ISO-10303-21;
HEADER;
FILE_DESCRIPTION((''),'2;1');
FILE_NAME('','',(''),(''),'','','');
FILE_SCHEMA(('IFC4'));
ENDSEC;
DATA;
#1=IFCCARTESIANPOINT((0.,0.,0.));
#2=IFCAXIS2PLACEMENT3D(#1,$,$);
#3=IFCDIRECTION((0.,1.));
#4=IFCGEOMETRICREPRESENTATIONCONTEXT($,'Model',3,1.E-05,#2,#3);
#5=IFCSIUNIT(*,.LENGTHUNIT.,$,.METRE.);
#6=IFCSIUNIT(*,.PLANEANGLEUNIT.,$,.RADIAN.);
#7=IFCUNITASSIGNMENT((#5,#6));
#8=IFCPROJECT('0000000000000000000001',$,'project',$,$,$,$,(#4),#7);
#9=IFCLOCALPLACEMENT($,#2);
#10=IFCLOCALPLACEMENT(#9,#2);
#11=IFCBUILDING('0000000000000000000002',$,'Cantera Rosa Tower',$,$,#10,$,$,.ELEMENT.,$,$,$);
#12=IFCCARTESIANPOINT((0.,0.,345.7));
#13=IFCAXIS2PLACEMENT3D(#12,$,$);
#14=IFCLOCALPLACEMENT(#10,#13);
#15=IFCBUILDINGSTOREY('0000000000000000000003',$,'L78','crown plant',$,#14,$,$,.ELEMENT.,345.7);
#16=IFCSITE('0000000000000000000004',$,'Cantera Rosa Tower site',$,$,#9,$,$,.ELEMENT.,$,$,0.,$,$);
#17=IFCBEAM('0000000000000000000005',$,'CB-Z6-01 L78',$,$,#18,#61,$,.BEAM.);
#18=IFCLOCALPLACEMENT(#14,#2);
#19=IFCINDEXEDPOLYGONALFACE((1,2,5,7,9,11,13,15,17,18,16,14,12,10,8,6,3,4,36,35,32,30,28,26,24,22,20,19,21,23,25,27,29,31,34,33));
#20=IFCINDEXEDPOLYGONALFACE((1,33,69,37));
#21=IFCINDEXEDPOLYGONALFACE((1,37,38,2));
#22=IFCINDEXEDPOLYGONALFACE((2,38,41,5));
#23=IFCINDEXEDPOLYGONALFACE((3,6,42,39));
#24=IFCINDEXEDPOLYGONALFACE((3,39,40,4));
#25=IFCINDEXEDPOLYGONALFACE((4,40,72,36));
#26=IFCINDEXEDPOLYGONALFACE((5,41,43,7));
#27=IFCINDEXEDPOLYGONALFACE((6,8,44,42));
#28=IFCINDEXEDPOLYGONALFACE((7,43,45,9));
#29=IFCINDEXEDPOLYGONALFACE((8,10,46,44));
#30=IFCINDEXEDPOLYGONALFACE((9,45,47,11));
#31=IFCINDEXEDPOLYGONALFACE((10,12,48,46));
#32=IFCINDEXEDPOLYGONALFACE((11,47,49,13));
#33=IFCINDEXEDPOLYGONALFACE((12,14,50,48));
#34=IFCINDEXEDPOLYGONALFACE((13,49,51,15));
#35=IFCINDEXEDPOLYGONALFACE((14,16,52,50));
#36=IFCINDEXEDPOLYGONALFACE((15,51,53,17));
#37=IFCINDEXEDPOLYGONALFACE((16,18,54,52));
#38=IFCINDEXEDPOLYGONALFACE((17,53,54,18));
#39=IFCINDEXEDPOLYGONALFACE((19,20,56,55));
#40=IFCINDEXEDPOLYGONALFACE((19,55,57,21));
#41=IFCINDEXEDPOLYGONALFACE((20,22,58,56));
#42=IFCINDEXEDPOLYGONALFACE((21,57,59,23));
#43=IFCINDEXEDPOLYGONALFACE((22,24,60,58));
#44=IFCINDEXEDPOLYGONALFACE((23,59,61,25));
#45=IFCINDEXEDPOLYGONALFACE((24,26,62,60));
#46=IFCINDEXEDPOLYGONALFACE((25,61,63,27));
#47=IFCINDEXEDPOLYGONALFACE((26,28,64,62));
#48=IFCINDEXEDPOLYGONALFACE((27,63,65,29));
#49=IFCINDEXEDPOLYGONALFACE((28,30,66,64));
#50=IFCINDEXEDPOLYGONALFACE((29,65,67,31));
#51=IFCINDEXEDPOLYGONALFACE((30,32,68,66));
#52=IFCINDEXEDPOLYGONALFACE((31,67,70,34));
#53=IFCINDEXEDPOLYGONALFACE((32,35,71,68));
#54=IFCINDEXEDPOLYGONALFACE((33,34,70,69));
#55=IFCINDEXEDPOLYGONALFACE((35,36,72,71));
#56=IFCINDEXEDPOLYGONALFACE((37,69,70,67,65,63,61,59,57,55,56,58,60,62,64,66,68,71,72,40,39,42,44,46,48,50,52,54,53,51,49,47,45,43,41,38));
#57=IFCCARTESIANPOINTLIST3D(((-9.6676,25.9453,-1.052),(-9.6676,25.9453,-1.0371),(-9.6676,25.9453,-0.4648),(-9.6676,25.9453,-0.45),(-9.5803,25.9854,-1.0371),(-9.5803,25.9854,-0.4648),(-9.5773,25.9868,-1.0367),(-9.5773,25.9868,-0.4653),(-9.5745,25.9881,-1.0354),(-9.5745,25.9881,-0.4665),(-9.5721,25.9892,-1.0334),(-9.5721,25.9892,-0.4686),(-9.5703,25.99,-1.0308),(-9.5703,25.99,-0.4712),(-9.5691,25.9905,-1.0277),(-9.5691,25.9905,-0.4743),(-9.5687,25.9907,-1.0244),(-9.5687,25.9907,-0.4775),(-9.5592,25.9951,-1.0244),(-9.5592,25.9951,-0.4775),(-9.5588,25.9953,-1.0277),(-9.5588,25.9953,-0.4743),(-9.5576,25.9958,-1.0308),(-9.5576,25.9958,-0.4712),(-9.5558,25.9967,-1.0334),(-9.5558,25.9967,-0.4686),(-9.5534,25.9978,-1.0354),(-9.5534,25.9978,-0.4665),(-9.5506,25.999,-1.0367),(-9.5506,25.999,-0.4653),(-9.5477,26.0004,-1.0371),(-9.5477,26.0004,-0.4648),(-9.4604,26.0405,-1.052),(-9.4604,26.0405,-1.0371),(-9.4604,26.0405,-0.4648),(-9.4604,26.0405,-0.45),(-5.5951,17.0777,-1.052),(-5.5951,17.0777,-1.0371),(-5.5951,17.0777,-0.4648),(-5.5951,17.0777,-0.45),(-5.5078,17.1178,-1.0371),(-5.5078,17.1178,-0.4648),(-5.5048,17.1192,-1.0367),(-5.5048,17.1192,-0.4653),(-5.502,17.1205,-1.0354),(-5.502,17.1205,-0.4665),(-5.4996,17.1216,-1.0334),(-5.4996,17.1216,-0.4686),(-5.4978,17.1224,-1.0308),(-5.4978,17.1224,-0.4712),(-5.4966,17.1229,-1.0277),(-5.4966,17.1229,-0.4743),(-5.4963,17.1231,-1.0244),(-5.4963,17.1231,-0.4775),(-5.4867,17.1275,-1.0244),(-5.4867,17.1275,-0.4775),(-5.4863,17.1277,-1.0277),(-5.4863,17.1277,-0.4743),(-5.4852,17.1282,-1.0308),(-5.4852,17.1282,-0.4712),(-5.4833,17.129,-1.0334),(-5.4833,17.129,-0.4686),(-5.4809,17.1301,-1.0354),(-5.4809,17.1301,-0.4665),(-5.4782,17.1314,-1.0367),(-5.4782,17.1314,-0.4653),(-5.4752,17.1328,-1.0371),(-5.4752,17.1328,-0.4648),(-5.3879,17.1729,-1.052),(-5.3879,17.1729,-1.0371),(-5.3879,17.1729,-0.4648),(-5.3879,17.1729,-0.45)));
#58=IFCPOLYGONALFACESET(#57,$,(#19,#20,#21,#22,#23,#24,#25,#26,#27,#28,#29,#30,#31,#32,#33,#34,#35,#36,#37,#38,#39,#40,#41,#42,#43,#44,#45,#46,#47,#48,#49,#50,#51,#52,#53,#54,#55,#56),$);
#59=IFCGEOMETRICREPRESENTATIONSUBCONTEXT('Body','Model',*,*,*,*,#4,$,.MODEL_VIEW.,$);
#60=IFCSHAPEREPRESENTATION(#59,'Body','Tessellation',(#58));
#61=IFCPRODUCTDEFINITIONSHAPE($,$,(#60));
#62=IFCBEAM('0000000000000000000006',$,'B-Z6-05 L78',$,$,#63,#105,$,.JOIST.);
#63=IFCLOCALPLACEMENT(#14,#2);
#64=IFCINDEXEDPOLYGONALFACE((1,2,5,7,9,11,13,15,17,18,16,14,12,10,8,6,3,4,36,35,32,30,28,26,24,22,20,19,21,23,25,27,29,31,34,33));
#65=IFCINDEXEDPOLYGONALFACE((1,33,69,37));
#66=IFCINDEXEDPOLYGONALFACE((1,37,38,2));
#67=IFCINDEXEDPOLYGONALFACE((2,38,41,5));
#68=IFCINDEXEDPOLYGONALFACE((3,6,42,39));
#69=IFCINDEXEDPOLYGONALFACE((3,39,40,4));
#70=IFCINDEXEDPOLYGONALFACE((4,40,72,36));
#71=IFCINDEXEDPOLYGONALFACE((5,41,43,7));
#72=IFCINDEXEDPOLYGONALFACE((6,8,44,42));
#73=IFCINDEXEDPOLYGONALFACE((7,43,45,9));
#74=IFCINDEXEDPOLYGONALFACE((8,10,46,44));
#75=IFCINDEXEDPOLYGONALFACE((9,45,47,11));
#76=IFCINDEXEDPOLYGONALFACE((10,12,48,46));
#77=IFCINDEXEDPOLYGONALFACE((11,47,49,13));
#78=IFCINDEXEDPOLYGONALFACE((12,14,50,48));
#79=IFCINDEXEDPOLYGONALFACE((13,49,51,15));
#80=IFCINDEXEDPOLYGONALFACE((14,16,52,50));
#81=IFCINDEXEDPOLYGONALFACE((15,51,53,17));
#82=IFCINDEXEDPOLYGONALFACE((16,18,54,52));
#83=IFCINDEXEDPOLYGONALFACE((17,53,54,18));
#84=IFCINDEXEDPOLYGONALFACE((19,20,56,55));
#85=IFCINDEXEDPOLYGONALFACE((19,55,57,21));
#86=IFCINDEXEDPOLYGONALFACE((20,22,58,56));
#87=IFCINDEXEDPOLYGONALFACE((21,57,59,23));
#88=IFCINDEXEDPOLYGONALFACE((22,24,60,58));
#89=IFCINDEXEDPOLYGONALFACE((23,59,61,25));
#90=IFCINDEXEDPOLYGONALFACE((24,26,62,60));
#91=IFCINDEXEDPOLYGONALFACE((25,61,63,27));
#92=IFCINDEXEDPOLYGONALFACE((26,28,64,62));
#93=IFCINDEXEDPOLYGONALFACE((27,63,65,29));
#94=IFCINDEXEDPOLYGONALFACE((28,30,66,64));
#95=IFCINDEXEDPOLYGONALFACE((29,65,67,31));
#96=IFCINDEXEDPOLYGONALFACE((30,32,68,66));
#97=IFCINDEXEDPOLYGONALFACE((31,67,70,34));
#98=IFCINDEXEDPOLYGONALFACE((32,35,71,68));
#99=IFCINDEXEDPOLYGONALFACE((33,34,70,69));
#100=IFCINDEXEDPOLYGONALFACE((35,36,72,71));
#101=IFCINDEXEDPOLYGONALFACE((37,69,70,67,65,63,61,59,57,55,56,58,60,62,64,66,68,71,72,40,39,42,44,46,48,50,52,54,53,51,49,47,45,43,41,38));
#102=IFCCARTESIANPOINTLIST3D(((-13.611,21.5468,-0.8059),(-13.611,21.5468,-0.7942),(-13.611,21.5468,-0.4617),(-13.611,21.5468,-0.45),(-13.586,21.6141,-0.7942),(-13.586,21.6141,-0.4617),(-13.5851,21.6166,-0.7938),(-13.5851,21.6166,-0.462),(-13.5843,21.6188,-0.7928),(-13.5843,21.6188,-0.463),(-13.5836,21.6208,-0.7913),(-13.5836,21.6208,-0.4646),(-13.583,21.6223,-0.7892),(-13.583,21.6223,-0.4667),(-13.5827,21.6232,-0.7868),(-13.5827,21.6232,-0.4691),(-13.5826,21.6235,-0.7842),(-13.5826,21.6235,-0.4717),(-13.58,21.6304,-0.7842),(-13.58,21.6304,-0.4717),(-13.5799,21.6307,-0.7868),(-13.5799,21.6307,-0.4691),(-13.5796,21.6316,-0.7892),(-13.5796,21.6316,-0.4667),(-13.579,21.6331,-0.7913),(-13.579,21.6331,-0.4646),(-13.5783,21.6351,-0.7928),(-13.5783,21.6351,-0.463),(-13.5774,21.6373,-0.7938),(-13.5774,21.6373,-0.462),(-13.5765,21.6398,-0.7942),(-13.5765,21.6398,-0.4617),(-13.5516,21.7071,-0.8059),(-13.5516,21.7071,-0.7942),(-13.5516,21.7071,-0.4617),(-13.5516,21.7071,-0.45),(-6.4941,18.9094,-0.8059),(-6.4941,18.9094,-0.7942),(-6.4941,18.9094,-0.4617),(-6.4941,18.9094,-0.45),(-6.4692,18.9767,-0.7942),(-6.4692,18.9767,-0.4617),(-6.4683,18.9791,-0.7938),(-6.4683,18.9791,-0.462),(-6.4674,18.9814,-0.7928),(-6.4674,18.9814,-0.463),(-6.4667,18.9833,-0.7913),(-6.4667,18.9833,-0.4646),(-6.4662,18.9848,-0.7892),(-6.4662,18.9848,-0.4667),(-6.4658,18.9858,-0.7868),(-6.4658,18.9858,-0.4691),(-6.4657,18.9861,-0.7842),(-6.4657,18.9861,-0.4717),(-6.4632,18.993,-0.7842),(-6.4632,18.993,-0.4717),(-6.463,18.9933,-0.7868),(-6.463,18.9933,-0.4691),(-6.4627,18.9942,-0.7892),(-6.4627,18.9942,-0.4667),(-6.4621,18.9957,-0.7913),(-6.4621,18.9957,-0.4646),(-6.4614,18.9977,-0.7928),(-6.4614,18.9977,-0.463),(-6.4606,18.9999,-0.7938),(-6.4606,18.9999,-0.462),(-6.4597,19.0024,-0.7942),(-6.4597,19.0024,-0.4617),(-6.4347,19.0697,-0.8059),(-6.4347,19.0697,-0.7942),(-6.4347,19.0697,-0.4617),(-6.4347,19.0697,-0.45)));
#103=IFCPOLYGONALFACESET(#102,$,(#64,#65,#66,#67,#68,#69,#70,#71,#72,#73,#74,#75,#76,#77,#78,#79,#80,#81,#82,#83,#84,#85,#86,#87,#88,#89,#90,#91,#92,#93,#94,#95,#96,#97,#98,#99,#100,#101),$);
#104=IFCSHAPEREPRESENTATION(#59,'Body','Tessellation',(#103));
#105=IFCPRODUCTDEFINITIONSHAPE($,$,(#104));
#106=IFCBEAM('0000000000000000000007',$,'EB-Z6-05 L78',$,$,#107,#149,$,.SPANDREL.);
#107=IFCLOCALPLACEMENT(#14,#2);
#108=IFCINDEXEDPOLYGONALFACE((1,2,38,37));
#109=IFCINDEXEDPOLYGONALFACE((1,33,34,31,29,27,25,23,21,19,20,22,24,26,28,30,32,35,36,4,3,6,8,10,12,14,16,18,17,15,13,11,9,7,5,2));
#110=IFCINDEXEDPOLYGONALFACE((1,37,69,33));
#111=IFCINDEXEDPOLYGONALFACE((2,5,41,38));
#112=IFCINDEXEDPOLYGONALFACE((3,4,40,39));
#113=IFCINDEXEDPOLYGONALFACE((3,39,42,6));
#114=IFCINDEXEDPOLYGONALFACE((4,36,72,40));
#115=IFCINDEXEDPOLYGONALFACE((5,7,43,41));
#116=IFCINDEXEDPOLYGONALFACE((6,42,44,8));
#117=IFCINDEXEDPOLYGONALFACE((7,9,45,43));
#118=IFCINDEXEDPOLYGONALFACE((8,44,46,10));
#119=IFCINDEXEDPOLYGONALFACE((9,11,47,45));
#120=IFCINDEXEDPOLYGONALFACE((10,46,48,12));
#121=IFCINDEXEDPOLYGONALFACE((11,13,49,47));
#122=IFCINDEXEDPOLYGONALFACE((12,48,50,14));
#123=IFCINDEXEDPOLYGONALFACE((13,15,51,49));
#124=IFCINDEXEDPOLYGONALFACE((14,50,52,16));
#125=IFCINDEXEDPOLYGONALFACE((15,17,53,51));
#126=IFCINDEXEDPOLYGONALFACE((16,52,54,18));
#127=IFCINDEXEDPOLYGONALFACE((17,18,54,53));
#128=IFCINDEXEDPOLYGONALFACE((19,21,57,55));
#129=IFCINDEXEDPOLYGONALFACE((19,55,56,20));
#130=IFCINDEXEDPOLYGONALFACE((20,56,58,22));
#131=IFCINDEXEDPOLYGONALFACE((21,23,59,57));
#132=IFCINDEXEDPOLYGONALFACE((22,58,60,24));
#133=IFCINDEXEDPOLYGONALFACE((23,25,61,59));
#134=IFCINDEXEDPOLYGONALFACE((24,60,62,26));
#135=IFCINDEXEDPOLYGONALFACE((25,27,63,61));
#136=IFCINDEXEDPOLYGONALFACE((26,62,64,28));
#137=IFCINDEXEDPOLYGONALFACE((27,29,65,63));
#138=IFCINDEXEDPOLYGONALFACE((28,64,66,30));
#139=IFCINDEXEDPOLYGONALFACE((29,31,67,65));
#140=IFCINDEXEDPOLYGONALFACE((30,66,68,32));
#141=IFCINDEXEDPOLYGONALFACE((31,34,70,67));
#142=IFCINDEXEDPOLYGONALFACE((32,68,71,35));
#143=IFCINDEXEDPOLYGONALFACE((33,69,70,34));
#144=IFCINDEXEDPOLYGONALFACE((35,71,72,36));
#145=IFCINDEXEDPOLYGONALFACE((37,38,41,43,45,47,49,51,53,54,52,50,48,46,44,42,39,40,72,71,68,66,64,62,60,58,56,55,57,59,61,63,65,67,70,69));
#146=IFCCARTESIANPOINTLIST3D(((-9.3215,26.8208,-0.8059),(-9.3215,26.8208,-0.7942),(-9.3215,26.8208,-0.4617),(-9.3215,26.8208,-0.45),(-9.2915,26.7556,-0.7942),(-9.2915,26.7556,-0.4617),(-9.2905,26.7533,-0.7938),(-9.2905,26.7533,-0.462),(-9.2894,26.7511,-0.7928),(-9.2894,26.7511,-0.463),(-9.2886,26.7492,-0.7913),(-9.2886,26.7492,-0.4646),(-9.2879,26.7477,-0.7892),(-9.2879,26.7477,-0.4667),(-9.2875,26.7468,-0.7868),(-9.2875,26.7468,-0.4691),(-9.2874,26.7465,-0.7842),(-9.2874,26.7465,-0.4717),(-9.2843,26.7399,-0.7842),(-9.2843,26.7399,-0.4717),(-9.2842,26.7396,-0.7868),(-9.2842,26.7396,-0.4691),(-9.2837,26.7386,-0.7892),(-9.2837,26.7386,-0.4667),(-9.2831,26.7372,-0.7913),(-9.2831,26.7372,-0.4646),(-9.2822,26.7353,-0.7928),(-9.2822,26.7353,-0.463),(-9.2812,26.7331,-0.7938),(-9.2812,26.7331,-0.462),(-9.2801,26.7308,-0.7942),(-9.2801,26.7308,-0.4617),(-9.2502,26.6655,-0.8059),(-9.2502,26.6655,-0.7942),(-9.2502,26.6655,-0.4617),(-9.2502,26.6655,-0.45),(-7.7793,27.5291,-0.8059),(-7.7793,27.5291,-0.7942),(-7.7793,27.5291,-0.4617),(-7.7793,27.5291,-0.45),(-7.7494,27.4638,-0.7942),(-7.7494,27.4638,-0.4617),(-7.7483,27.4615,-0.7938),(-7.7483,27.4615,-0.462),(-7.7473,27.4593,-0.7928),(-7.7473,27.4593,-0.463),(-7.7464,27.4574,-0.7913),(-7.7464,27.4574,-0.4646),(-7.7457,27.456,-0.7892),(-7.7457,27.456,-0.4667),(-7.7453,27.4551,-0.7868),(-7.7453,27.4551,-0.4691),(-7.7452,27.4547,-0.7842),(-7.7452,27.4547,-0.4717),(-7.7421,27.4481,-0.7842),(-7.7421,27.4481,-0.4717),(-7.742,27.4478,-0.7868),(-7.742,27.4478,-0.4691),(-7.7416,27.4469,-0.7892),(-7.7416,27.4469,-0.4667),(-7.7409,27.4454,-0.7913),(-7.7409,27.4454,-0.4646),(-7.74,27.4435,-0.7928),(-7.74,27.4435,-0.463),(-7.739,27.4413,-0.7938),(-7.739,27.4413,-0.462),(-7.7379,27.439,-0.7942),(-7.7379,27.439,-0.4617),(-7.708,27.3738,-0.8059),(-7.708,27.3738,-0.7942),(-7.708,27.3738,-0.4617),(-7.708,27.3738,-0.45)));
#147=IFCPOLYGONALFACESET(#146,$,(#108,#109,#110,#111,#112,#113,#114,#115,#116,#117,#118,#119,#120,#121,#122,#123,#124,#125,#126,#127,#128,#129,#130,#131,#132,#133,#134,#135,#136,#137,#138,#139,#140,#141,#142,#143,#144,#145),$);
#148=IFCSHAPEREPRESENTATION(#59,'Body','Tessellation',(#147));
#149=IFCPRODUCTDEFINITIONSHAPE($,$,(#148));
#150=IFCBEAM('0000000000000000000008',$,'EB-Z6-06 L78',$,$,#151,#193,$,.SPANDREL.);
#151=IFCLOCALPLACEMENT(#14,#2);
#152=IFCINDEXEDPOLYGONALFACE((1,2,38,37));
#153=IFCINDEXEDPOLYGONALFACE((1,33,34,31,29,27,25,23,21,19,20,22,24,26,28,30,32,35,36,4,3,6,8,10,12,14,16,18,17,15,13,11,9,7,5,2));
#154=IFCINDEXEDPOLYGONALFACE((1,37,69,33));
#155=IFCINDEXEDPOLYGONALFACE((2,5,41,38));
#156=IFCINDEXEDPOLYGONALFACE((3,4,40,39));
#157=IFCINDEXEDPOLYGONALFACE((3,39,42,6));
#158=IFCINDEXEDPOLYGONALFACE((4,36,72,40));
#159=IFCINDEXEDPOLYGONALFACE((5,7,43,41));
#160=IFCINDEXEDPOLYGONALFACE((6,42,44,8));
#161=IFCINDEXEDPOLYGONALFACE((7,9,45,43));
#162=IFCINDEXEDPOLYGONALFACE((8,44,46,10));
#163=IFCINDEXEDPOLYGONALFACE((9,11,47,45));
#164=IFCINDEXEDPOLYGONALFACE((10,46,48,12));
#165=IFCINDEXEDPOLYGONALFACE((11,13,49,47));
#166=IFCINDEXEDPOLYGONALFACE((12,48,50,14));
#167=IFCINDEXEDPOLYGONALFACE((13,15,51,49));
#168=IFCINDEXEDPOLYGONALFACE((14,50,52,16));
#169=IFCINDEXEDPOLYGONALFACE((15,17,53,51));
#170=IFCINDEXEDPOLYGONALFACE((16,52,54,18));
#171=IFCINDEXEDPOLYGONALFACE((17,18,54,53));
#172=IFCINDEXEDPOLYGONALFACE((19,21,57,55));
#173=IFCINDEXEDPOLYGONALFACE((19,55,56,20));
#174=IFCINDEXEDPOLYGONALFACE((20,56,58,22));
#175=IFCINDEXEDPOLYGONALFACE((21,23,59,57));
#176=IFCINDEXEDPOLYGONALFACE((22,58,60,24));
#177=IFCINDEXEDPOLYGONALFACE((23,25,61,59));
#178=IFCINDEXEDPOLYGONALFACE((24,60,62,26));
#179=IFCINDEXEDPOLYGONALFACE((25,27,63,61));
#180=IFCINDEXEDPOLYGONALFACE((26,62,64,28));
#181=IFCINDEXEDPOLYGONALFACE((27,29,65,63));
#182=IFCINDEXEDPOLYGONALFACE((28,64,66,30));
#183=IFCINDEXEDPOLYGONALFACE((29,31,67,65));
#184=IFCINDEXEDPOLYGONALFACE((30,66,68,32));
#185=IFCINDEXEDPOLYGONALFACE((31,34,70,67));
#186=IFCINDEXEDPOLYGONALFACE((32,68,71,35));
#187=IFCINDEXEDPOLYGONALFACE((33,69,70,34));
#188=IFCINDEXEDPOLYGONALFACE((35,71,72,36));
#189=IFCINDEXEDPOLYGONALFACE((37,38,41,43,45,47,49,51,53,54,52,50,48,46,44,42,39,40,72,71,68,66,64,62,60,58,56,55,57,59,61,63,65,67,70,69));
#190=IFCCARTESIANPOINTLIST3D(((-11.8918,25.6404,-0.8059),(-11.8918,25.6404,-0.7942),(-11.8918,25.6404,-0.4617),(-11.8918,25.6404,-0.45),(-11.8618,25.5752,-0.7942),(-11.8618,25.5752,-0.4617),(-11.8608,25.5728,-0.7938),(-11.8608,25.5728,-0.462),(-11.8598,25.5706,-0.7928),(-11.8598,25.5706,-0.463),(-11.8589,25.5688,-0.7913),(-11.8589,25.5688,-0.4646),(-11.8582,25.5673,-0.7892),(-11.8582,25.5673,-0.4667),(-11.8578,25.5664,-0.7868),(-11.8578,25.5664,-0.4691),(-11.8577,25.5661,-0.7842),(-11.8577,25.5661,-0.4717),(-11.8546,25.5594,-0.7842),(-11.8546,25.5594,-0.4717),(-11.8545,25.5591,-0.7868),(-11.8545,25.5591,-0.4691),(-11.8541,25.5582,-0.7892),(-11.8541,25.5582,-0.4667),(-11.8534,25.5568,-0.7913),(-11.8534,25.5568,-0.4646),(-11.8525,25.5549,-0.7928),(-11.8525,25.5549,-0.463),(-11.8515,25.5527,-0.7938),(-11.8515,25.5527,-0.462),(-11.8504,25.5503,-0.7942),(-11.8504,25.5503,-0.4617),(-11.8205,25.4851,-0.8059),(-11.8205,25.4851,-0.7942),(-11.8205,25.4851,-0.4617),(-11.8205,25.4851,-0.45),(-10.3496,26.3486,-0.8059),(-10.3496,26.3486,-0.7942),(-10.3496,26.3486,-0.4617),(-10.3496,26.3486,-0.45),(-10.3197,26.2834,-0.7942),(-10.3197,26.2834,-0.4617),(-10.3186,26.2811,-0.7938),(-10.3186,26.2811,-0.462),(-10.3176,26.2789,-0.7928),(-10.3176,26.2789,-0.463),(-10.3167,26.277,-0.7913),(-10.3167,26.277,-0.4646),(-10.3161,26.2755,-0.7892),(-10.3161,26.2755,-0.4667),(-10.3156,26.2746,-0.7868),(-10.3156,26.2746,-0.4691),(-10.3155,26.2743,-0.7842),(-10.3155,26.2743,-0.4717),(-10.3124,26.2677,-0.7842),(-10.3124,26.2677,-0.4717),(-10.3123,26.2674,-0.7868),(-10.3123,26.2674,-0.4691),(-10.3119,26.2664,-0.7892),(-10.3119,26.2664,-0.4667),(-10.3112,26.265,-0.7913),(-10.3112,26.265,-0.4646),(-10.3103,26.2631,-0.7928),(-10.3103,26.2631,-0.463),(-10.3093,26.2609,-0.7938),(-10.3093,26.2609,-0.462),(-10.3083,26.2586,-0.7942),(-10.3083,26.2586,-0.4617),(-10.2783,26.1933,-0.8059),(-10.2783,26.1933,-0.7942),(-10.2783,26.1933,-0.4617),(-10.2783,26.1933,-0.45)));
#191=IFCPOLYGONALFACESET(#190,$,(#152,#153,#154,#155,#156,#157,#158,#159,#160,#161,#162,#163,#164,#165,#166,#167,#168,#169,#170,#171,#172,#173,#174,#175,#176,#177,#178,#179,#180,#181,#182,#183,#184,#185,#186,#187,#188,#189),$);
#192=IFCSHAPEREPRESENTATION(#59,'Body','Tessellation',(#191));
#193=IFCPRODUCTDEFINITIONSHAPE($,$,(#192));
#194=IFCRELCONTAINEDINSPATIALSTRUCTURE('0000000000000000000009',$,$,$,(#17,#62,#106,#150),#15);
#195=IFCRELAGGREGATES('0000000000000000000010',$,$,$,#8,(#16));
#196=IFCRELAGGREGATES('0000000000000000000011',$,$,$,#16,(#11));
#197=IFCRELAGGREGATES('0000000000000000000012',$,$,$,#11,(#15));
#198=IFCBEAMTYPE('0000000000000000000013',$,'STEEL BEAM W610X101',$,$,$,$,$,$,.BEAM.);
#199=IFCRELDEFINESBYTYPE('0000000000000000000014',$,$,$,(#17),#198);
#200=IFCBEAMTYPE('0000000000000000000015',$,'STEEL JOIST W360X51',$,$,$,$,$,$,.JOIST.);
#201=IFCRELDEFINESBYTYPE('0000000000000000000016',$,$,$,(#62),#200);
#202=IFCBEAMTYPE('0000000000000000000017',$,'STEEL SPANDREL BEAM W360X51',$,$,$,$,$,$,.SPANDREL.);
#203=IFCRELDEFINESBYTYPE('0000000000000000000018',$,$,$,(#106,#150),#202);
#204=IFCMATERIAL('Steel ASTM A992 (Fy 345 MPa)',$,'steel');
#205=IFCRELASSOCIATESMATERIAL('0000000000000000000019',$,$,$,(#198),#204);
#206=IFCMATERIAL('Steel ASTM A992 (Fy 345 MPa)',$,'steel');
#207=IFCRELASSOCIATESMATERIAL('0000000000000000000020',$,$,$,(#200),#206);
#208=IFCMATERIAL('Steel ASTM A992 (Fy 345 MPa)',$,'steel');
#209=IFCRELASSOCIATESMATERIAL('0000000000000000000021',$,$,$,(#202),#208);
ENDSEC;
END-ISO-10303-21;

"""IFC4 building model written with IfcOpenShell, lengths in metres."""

from ifc_helpers import new_model, si_unit, direction, frame, origin, origin_2d, place, context, subcontext, project, spatial, i_section, extrude, material, material_profile, profile_set, type_object, element, save


model = new_model("IFC4")

# Units and contexts
model_context = context("Model", 3, precision=1e-05, world=origin(), true_north=direction((0.0, 1.0)))
body_context = subcontext(model_context, "Body", "Model", "MODEL_VIEW")
ifc_project = project(units=[si_unit("LENGTHUNIT", "METRE"), si_unit("PLANEANGLEUNIT", "RADIAN")], contexts=[model_context])

# Site, building, storey
site_placement = place(None, origin())
site = spatial("IfcSite", under=ifc_project, at=site_placement, Name="Cantera Rosa Tower site", CompositionType="ELEMENT", RefElevation=0.0)
building_placement = place(site_placement, origin())
building = spatial("IfcBuilding", under=site, at=building_placement, Name="Cantera Rosa Tower", CompositionType="ELEMENT")
storey_placement = place(building_placement, frame((0.0, 0.0, 345.7)))
storey = spatial("IfcBuildingStorey", under=building, at=storey_placement, Name="L78", Description="crown plant", CompositionType="ELEMENT", Elevation=345.7)

# Beams
ifc_material_1 = material(Name="Steel ASTM A992 (Fy 345 MPa)", Category="steel")
ifc_material_profile_1 = material_profile(ifc_material_1, i_section(OverallWidth=0.228, OverallDepth=0.6021, WebThickness=0.0105, FlangeThickness=0.0149, FilletRadius=0.0127, at=origin_2d()), Name="W610X101")
ifc_profile_set_1 = profile_set([ifc_material_profile_1], Name="Steel ASTM A992 (Fy 345 MPa)")
beam_type_1 = type_object("IfcBeamType", Name="STEEL BEAM W610X101", PredefinedType="BEAM", material=ifc_profile_set_1)
beam_1_placement = place(storey_placement, frame((-9.564, 25.9929, -0.751), z_axis=(0.417346, -0.908748, 0.0), x_axis=(0.908748, 0.417346, 0.0)))
element("IfcBeam", 1, at=beam_1_placement, inside=storey, type_object=beam_type_1, Name="CB-Z6-01 L78", PredefinedType="BEAM", context=body_context, shape_type="SweptSolid", body=[
    extrude(i_section(OverallWidth=0.228, OverallDepth=0.6021, WebThickness=0.0105, FlangeThickness=0.0149, FilletRadius=0.0127, at=origin_2d()), origin(), (0.0, 0.0, 1.0), 9.7581),
])
ifc_material_2 = material(Name="Steel ASTM A992 (Fy 345 MPa)", Category="steel")
ifc_material_profile_2 = material_profile(ifc_material_2, i_section(OverallWidth=0.1709, OverallDepth=0.356, WebThickness=0.0073, FlangeThickness=0.0117, FilletRadius=0.01, at=origin_2d()), Name="W360X51")
ifc_profile_set_2 = profile_set([ifc_material_profile_2], Name="Steel ASTM A992 (Fy 345 MPa)")
beam_type_2 = type_object("IfcBeamType", Name="STEEL JOIST W360X51", PredefinedType="JOIST", material=ifc_profile_set_2)
beam_2_placement = place(storey_placement, frame((-13.5813, 21.627, -0.6279), z_axis=(0.937682, -0.347493, 0.0), x_axis=(0.347493, 0.937682, 0.0)))
element("IfcBeam", 2, at=beam_2_placement, inside=storey, type_object=beam_type_2, Name="B-Z6-05 L78", PredefinedType="JOIST", context=body_context, shape_type="SweptSolid", body=[
    extrude(i_section(OverallWidth=0.1709, OverallDepth=0.356, WebThickness=0.0073, FlangeThickness=0.0117, FilletRadius=0.01, at=origin_2d()), origin(), (0.0, 0.0, 1.0), 7.5898),
])
ifc_material_3 = material(Name="Steel ASTM A992 (Fy 345 MPa)", Category="steel")
ifc_material_profile_3 = material_profile(ifc_material_3, i_section(OverallWidth=0.1709, OverallDepth=0.356, WebThickness=0.0073, FlangeThickness=0.0117, FilletRadius=0.01, at=origin_2d()), Name="W360X51")
ifc_profile_set_3 = profile_set([ifc_material_profile_3], Name="Steel ASTM A992 (Fy 345 MPa)")
beam_type_3 = type_object("IfcBeamType", Name="STEEL SPANDREL BEAM W360X51", PredefinedType="SPANDREL", material=ifc_profile_set_3)
for number, where, z_axis, x_axis, name in (
    (3, (-7.7437, 27.4514, -0.6279), (-0.908754, -0.417333, 0.0), (0.417333, -0.908754, 0.0), "EB-Z6-05 L78"),
    (4, (-10.314, 26.271, -0.6279), (-0.908754, -0.417333, 0.0), (0.417333, -0.908754, 0.0), "EB-Z6-06 L78"),
):
    element("IfcBeam", number, at=place(storey_placement, frame(where, z_axis=z_axis, x_axis=x_axis)), inside=storey, type_object=beam_type_3, Name=name, PredefinedType="SPANDREL", context=body_context, shape_type="SweptSolid", body=[
        extrude(i_section(OverallWidth=0.1709, OverallDepth=0.356, WebThickness=0.0073, FlangeThickness=0.0117, FilletRadius=0.01, at=origin_2d()), origin(), (0.0, 0.0, 1.0), 1.697),
    ])

save(model, "model.ifc")
